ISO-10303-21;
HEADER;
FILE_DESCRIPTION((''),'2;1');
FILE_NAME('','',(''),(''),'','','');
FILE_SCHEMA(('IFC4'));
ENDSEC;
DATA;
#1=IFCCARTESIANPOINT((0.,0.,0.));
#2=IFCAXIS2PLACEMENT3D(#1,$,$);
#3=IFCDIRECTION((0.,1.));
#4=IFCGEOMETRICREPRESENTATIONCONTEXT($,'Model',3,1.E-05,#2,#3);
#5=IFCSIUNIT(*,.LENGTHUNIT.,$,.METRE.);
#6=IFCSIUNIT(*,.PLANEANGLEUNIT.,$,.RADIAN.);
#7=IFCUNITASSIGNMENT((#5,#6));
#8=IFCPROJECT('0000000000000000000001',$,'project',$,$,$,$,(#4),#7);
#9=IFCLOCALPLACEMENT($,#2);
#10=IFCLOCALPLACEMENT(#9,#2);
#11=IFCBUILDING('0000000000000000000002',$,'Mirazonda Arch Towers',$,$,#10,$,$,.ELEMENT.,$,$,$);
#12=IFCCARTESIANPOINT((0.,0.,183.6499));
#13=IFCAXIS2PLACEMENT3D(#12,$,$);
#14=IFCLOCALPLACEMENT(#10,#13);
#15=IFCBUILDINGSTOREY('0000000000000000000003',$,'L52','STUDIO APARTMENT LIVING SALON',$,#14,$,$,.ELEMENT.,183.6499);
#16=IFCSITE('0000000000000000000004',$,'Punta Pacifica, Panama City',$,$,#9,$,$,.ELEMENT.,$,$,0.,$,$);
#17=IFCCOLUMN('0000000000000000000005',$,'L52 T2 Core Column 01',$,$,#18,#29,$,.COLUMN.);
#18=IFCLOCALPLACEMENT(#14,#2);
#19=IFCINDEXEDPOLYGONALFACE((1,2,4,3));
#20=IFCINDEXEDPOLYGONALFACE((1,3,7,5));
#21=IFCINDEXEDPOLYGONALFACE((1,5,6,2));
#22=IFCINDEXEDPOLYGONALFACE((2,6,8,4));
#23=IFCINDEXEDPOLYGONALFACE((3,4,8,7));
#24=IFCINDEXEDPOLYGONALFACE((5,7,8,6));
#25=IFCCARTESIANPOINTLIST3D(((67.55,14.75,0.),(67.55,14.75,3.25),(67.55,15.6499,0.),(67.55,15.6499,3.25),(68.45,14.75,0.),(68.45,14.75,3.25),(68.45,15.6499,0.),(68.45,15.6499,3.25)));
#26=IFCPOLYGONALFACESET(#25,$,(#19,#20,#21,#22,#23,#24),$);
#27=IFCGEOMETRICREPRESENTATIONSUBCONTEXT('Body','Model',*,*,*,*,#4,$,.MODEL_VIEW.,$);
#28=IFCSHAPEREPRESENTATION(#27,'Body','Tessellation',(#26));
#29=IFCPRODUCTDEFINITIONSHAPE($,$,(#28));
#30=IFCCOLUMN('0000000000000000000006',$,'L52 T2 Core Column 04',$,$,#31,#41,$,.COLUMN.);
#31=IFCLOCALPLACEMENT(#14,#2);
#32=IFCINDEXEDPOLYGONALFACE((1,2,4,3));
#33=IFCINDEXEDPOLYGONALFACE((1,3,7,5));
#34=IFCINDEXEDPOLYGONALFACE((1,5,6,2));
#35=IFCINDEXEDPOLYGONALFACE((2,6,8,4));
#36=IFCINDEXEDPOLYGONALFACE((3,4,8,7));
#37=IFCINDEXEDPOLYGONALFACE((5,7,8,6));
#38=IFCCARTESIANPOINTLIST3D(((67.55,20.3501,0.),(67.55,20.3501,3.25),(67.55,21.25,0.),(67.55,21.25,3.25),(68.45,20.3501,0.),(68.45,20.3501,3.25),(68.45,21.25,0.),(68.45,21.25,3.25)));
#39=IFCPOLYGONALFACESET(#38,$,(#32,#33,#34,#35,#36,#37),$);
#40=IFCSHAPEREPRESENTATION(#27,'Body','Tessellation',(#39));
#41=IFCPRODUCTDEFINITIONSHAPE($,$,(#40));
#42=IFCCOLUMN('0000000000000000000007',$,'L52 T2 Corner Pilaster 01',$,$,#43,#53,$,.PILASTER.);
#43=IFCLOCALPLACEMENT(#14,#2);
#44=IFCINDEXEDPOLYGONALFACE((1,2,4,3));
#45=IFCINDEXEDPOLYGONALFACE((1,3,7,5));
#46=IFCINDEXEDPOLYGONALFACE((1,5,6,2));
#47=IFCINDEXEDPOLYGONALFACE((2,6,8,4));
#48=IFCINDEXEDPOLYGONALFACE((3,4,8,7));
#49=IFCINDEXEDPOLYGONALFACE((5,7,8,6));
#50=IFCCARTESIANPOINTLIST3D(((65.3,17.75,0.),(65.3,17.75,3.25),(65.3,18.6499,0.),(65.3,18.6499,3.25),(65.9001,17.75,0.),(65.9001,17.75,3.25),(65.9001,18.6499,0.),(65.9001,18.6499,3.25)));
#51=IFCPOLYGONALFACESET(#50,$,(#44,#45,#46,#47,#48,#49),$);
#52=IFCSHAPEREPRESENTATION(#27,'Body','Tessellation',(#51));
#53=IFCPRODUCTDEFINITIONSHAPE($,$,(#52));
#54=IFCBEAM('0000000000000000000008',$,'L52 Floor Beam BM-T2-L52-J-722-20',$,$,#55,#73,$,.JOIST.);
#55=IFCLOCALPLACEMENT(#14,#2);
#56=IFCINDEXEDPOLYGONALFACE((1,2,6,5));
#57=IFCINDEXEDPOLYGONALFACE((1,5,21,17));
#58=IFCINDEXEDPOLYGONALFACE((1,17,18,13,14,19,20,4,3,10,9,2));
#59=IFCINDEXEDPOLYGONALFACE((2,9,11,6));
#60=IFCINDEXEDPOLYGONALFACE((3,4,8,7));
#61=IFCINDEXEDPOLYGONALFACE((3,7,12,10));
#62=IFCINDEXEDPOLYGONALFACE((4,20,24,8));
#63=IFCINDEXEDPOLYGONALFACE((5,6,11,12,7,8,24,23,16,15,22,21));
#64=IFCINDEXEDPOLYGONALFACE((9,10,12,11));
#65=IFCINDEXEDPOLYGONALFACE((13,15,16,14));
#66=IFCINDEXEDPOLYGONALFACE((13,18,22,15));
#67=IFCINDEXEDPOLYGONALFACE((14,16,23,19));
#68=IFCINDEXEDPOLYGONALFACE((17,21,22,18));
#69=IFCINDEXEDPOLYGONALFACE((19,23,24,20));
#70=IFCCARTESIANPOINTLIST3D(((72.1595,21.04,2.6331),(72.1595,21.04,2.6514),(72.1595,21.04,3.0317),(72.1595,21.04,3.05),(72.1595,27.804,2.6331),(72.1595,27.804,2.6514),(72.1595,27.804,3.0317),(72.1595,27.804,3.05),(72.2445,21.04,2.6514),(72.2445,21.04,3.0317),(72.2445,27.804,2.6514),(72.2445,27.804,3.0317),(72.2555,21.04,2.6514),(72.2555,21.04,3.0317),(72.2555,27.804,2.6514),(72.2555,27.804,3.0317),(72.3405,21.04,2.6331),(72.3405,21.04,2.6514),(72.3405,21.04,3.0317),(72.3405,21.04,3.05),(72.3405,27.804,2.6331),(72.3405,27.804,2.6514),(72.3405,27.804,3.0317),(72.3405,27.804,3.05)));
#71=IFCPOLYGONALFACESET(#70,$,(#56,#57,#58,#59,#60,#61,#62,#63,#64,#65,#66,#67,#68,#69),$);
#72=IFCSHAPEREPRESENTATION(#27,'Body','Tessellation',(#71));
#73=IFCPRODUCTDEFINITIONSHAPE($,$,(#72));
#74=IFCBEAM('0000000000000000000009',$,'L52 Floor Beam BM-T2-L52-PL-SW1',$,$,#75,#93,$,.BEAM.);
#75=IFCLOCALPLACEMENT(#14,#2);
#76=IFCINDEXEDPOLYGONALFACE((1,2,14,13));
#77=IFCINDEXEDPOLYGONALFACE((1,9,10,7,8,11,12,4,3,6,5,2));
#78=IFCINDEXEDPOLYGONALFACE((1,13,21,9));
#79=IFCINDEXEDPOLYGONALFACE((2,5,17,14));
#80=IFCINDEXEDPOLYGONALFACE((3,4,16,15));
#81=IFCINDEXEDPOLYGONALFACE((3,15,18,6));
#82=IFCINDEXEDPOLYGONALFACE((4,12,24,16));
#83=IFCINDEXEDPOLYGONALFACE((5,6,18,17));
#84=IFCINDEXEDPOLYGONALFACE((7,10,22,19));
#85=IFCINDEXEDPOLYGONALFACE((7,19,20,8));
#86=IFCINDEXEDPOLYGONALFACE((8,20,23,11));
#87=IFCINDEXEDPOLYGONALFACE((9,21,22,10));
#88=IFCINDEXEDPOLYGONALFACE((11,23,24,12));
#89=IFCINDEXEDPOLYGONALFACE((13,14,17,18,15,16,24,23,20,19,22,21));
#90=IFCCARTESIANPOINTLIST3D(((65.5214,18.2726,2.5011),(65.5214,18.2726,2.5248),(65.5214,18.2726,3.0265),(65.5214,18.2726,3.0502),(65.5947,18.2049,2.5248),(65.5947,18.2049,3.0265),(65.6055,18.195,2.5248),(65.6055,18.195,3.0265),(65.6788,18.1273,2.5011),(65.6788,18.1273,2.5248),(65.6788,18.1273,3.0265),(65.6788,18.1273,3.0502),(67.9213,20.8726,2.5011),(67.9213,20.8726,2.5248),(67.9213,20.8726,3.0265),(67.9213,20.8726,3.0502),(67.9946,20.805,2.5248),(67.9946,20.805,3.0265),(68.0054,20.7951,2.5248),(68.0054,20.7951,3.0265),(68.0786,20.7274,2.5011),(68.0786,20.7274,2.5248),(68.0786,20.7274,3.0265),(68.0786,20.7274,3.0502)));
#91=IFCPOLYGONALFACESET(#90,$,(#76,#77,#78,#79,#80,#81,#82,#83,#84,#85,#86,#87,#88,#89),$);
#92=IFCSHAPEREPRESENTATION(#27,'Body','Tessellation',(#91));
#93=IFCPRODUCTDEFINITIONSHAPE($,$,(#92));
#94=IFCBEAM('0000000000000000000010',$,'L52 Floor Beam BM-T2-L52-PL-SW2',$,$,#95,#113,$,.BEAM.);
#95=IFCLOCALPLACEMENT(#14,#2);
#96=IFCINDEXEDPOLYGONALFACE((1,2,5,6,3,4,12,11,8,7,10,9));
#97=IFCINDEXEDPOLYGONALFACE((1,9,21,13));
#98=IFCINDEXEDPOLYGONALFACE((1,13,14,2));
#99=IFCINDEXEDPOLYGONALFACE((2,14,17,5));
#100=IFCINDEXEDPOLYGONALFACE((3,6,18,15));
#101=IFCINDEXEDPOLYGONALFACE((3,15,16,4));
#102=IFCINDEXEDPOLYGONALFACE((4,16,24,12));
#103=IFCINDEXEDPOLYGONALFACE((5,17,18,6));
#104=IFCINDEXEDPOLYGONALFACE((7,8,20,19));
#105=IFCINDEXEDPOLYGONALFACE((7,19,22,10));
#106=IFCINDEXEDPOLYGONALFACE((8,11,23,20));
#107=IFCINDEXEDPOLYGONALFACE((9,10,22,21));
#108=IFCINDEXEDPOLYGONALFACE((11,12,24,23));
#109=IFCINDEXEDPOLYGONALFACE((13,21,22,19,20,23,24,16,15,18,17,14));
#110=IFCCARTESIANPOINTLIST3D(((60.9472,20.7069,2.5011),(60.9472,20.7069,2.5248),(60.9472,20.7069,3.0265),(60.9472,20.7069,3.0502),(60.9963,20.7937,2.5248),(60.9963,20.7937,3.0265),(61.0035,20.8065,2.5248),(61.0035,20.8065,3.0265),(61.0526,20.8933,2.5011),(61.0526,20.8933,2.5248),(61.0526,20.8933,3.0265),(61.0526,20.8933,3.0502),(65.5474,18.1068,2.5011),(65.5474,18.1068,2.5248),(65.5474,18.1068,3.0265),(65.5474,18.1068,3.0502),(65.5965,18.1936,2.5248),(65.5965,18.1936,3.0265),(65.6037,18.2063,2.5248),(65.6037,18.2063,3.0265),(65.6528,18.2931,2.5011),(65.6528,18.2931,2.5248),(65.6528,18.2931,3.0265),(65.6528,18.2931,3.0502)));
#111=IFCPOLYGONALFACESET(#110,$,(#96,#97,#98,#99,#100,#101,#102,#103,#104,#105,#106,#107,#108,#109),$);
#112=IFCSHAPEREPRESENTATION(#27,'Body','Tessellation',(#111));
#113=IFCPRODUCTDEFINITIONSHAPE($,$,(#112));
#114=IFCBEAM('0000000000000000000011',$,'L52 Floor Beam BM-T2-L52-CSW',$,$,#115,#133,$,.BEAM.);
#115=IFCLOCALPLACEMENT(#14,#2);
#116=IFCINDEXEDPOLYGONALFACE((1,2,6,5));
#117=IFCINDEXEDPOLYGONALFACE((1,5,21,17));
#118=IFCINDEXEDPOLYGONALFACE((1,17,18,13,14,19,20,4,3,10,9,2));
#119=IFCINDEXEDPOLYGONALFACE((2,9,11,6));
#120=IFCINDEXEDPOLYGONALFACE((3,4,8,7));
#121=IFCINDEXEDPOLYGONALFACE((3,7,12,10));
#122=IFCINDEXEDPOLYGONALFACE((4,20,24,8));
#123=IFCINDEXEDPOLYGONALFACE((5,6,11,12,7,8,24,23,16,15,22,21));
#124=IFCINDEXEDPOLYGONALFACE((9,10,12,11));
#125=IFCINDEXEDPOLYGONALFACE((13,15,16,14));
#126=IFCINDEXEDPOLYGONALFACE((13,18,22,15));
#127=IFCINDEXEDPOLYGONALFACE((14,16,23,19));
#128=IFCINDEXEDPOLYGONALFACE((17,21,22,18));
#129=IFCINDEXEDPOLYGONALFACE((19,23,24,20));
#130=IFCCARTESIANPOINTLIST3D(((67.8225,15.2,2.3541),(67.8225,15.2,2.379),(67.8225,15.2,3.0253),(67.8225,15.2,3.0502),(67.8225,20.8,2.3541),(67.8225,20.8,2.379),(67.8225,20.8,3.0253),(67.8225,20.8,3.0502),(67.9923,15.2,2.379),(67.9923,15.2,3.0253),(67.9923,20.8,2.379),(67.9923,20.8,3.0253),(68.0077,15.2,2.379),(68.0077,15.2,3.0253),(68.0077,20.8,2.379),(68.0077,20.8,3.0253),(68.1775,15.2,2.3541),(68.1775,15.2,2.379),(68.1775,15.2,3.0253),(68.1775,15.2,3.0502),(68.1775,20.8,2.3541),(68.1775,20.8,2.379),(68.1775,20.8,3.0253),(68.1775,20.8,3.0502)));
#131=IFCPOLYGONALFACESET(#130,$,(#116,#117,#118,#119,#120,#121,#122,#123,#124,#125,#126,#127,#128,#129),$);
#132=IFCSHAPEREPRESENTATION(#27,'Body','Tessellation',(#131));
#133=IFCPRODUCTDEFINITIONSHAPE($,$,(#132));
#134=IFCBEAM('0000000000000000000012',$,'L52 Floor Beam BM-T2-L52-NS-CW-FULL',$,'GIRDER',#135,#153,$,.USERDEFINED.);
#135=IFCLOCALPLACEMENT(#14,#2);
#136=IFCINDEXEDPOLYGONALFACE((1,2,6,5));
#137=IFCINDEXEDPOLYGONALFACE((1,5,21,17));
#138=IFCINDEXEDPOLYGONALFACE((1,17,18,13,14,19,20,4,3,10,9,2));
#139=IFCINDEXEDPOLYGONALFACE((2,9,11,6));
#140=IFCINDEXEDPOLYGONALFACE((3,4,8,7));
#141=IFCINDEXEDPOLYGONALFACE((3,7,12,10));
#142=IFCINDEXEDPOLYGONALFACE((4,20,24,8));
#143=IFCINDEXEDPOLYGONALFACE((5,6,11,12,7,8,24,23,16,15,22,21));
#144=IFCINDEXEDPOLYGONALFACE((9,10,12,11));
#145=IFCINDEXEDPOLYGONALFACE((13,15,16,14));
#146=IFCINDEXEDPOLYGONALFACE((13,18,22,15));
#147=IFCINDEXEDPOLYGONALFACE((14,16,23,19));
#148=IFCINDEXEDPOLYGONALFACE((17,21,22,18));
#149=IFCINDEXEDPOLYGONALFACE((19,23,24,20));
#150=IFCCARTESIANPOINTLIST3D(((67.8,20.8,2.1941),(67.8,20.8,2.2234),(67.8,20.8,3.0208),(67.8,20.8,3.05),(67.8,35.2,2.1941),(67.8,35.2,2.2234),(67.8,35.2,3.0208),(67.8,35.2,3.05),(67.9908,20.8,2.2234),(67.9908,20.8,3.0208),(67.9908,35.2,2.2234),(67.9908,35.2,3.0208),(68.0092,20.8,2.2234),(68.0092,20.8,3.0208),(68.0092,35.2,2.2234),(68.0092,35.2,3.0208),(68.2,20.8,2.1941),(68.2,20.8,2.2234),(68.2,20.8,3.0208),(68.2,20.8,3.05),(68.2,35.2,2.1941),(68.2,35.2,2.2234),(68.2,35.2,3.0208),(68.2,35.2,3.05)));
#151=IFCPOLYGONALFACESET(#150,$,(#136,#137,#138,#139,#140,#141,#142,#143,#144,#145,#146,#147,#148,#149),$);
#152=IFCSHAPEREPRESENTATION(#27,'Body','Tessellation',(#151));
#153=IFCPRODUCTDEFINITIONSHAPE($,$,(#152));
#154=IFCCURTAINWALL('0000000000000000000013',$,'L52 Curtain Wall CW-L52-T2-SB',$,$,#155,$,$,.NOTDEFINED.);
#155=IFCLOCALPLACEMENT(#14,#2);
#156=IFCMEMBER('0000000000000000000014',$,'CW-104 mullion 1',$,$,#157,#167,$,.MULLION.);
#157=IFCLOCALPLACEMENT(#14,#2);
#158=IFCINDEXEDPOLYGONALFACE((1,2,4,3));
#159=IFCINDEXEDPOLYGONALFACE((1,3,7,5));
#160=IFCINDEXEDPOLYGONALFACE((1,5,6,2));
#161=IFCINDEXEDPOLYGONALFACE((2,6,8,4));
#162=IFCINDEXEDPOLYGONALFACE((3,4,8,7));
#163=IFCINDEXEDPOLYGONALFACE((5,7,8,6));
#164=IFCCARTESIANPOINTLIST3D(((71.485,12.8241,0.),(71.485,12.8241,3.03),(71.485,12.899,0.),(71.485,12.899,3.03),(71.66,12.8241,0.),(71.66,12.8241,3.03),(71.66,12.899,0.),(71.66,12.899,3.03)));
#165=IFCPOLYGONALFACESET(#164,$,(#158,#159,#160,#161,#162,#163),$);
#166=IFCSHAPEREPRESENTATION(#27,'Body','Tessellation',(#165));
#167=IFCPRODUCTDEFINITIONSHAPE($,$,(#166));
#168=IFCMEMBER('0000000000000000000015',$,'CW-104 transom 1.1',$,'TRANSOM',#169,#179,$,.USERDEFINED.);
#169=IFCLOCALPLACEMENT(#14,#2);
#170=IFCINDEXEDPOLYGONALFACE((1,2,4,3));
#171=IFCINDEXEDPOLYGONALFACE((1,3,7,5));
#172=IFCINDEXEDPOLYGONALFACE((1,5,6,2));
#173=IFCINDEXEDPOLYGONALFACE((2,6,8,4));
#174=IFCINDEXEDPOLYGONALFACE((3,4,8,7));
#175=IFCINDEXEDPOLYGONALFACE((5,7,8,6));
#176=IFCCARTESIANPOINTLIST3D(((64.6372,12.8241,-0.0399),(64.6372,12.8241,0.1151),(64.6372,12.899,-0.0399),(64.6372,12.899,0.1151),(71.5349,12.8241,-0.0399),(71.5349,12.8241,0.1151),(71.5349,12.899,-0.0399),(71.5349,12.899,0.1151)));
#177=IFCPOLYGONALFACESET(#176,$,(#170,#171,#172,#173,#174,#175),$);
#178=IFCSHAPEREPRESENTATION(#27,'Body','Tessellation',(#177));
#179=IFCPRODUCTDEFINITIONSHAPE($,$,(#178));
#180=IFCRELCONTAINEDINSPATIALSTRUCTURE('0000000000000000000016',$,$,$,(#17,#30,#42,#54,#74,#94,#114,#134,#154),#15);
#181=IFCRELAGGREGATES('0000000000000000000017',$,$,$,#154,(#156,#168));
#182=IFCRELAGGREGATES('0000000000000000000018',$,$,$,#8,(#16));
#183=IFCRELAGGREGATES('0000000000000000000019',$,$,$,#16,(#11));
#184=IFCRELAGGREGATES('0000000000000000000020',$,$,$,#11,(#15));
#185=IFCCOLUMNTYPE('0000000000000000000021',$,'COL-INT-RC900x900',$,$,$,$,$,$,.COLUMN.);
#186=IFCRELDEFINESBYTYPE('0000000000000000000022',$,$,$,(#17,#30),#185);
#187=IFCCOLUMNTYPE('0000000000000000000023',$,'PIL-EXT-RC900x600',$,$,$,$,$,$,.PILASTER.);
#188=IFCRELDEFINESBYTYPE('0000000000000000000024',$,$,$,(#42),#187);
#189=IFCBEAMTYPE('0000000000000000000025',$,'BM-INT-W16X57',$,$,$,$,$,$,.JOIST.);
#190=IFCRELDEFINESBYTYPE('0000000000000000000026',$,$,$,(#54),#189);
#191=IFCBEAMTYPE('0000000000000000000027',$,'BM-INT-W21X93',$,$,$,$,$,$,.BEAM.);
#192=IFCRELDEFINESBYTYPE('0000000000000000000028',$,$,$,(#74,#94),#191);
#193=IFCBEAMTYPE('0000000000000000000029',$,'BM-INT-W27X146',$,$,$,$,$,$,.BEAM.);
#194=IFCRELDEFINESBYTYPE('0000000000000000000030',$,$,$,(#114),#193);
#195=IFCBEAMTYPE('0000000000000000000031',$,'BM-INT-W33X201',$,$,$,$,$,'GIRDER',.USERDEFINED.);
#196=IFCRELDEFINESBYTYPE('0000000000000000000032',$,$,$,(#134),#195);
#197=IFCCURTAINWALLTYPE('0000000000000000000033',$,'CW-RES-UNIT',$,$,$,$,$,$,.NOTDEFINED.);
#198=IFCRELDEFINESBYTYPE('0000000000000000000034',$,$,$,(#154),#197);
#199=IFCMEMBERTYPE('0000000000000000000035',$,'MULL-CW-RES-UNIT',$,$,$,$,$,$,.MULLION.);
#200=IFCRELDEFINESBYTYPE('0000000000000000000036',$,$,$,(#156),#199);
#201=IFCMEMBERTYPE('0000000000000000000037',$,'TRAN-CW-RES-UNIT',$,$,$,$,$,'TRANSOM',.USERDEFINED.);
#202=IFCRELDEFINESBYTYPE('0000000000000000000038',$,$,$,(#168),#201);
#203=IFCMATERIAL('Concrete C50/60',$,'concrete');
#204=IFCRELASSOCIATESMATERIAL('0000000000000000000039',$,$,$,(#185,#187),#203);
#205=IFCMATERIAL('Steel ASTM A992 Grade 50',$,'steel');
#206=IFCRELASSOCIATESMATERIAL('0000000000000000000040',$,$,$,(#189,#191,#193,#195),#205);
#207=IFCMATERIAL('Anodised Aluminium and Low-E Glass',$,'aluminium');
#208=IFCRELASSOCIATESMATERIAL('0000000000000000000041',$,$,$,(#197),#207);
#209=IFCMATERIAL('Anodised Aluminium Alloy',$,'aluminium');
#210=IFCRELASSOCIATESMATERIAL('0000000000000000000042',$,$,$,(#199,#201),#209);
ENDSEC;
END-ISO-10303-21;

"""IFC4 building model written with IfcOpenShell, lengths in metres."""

from ifc_helpers import new_model, si_unit, direction, frame, origin, origin_2d, place, context, subcontext, project, spatial, rectangle, i_section, extrude, material, material_profile, profile_set, type_object, element, aggregate, save


model = new_model("IFC4")

# Units and contexts
model_context = context("Model", 3, precision=1e-05, world=origin(), true_north=direction((0.0, 1.0)))
body_context = subcontext(model_context, "Body", "Model", "MODEL_VIEW")
ifc_project = project(units=[si_unit("LENGTHUNIT", "METRE"), si_unit("PLANEANGLEUNIT", "RADIAN")], contexts=[model_context])

# Site, building, storey
site_placement = place(None, origin())
site = spatial("IfcSite", under=ifc_project, at=site_placement, Name="Punta Pacifica, Panama City", CompositionType="ELEMENT", RefElevation=0.0)
building_placement = place(site_placement, origin())
building = spatial("IfcBuilding", under=site, at=building_placement, Name="Mirazonda Arch Towers", CompositionType="ELEMENT")
storey_placement = place(building_placement, frame((0.0, 0.0, 183.6499)))
storey = spatial("IfcBuildingStorey", under=building, at=storey_placement, Name="L52", Description="STUDIO APARTMENT LIVING SALON", CompositionType="ELEMENT", Elevation=183.6499)

# Columns
ifc_material_1 = material(Name="Concrete C50/60", Category="concrete")
ifc_material_profile_1 = material_profile(ifc_material_1, rectangle(XDim=0.8999, YDim=0.8999, at=origin_2d()), Name="RC900x900")
ifc_profile_set_1 = profile_set([ifc_material_profile_1], Name="Concrete C50/60")
column_type_1 = type_object("IfcColumnType", Name="COL-INT-RC900x900", PredefinedType="COLUMN", material=ifc_profile_set_1)
for number, where, z_axis, x_axis, name in (
    (1, (68.0, 15.2, 0.0), (0.0, 0.0, 1.0), (1.0, 0.0, 0.0), "L52 T2 Core Column 01"),
    (2, (68.0, 20.8, 0.0), (0.0, 0.0, 1.0), (1.0, 0.0, 0.0), "L52 T2 Core Column 04"),
):
    element("IfcColumn", number, at=place(storey_placement, frame(where, z_axis=z_axis, x_axis=x_axis)), inside=storey, type_object=column_type_1, Name=name, PredefinedType="COLUMN", context=body_context, shape_type="SweptSolid", body=[
        extrude(rectangle(XDim=0.8999, YDim=0.8999, at=origin_2d()), origin(), (0.0, 0.0, 1.0), 3.25),
    ])
ifc_material_profile_2 = material_profile(ifc_material_1, rectangle(XDim=0.6001, YDim=0.8999, at=origin_2d()), Name="RC900x600")
ifc_profile_set_2 = profile_set([ifc_material_profile_2], Name="Concrete C50/60")
column_type_2 = type_object("IfcColumnType", Name="PIL-EXT-RC900x600", PredefinedType="PILASTER", material=ifc_profile_set_2)
column_placement = place(storey_placement, frame((65.6001, 18.2, 0.0), z_axis=(0.0, 0.0, 1.0), x_axis=(1.0, 0.0, 0.0)))
element("IfcColumn", 3, at=column_placement, inside=storey, type_object=column_type_2, Name="L52 T2 Corner Pilaster 01", PredefinedType="PILASTER", context=body_context, shape_type="SweptSolid", body=[
    extrude(rectangle(XDim=0.6001, YDim=0.8999, at=origin_2d()), origin(), (0.0, 0.0, 1.0), 3.25),
])

# Beams
ifc_material_2 = material(Name="Steel ASTM A992 Grade 50", Category="steel")
ifc_material_profile_3 = material_profile(ifc_material_2, i_section(OverallWidth=0.1809, OverallDepth=0.417, WebThickness=0.011, FlangeThickness=0.0183, at=origin_2d()), Name="W16X57")
ifc_profile_set_3 = profile_set([ifc_material_profile_3], Name="Steel ASTM A992 Grade 50")
beam_type_1 = type_object("IfcBeamType", Name="BM-INT-W16X57", PredefinedType="JOIST", material=ifc_profile_set_3)
beam_1_placement = place(storey_placement, frame((72.25, 21.04, 2.8416), z_axis=(0.0, 1.0, 0.0), x_axis=(-1.0, 0.0, 0.0)))
element("IfcBeam", 4, at=beam_1_placement, inside=storey, type_object=beam_type_1, Name="L52 Floor Beam BM-T2-L52-J-722-20", PredefinedType="JOIST", context=body_context, shape_type="SweptSolid", body=[
    extrude(i_section(OverallWidth=0.1809, OverallDepth=0.417, WebThickness=0.011, FlangeThickness=0.0183, at=origin_2d()), origin(), (0.0, 0.0, 1.0), 6.7639),
])
ifc_material_profile_4 = material_profile(ifc_material_2, i_section(OverallWidth=0.2141, OverallDepth=0.5491, WebThickness=0.0146, FlangeThickness=0.0237, at=origin_2d()), Name="W21X93")
ifc_profile_set_4 = profile_set([ifc_material_profile_4], Name="Steel ASTM A992 Grade 50")
beam_type_2 = type_object("IfcBeamType", Name="BM-INT-W21X93", PredefinedType="BEAM", material=ifc_profile_set_4)
beam_2_placement = place(storey_placement, frame((65.6001, 18.2, 2.7756), z_axis=(0.678251, 0.73483, 0.0), x_axis=(-0.73483, 0.678251, 0.0)))
element("IfcBeam", 5, at=beam_2_placement, inside=storey, type_object=beam_type_2, Name="L52 Floor Beam BM-T2-L52-PL-SW1", PredefinedType="BEAM", context=body_context, shape_type="SweptSolid", body=[
    extrude(i_section(OverallWidth=0.2141, OverallDepth=0.5491, WebThickness=0.0146, FlangeThickness=0.0237, at=origin_2d()), origin(), (0.0, 0.0, 1.0), 3.5383),
])
beam_3_placement = place(storey_placement, frame((65.6001, 18.2, 2.7756), z_axis=(-0.870559, 0.492063, 0.0), x_axis=(-0.492063, -0.870559, 0.0)))
element("IfcBeam", 6, at=beam_3_placement, inside=storey, type_object=beam_type_2, Name="L52 Floor Beam BM-T2-L52-PL-SW2", PredefinedType="BEAM", context=body_context, shape_type="SweptSolid", body=[
    extrude(i_section(OverallWidth=0.2141, OverallDepth=0.5491, WebThickness=0.0146, FlangeThickness=0.0237, at=origin_2d()), origin(), (0.0, 0.0, 1.0), 5.2842),
])
ifc_material_profile_5 = material_profile(ifc_material_2, i_section(OverallWidth=0.355, OverallDepth=0.696, WebThickness=0.0154, FlangeThickness=0.0249, at=origin_2d()), Name="W27X146")
ifc_profile_set_5 = profile_set([ifc_material_profile_5], Name="Steel ASTM A992 Grade 50")
beam_type_3 = type_object("IfcBeamType", Name="BM-INT-W27X146", PredefinedType="BEAM", material=ifc_profile_set_5)
beam_4_placement = place(storey_placement, frame((68.0, 15.2, 2.7021), z_axis=(0.0, 1.0, 0.0), x_axis=(-1.0, 0.0, 0.0)))
element("IfcBeam", 7, at=beam_4_placement, inside=storey, type_object=beam_type_3, Name="L52 Floor Beam BM-T2-L52-CSW", PredefinedType="BEAM", context=body_context, shape_type="SweptSolid", body=[
    extrude(i_section(OverallWidth=0.355, OverallDepth=0.696, WebThickness=0.0154, FlangeThickness=0.0249, at=origin_2d()), origin(), (0.0, 0.0, 1.0), 5.6001),
])
ifc_material_profile_6 = material_profile(ifc_material_2, i_section(OverallWidth=0.3999, OverallDepth=0.856, WebThickness=0.0183, FlangeThickness=0.0293, at=origin_2d()), Name="W33X201")
ifc_profile_set_6 = profile_set([ifc_material_profile_6], Name="Steel ASTM A992 Grade 50")
beam_type_4 = type_object("IfcBeamType", Name="BM-INT-W33X201", ElementType="GIRDER", PredefinedType="USERDEFINED", material=ifc_profile_set_6)
beam_5_placement = place(storey_placement, frame((68.0, 20.8, 2.6221), z_axis=(0.0, 1.0, 0.0), x_axis=(-1.0, 0.0, 0.0)))
element("IfcBeam", 8, at=beam_5_placement, inside=storey, type_object=beam_type_4, Name="L52 Floor Beam BM-T2-L52-NS-CW-FULL", ObjectType="GIRDER", PredefinedType="USERDEFINED", context=body_context, shape_type="SweptSolid", body=[
    extrude(i_section(OverallWidth=0.3999, OverallDepth=0.856, WebThickness=0.0183, FlangeThickness=0.0293, at=origin_2d()), origin(), (0.0, 0.0, 1.0), 14.3999),
])

# Curtain wall, members
ifc_material_3 = material(Name="Anodised Aluminium and Low-E Glass", Category="aluminium")
curtain_wall_type = type_object("IfcCurtainWallType", Name="CW-RES-UNIT", PredefinedType="NOTDEFINED", material=ifc_material_3)
curtain_wall_placement = place(storey_placement, origin())
curtain_wall = element("IfcCurtainWall", 9, at=curtain_wall_placement, inside=storey, type_object=curtain_wall_type, Name="L52 Curtain Wall CW-L52-T2-SB", PredefinedType="NOTDEFINED")
ifc_material_4 = material(Name="Anodised Aluminium Alloy", Category="aluminium")
ifc_material_profile_7 = material_profile(ifc_material_4, rectangle(XDim=0.075, YDim=0.175, at=origin_2d()), Name="ALU-MULL-75x175")
ifc_profile_set_7 = profile_set([ifc_material_profile_7], Name="Anodised Aluminium Alloy")
member_type_1 = type_object("IfcMemberType", Name="MULL-CW-RES-UNIT", PredefinedType="MULLION", material=ifc_profile_set_7)
member_1_placement = place(storey_placement, frame((71.5725, 12.8616, 0.0), z_axis=(0.0, 0.0, 1.0), x_axis=(0.0, -1.0, 0.0)))
member_1 = element("IfcMember", 10, at=member_1_placement, type_object=member_type_1, Name="CW-104 mullion 1", PredefinedType="MULLION", context=body_context, shape_type="SweptSolid", body=[
    extrude(rectangle(XDim=0.075, YDim=0.175, at=origin_2d()), origin(), (0.0, 0.0, 1.0), 3.03),
])
ifc_material_profile_8 = material_profile(ifc_material_4, rectangle(XDim=0.075, YDim=0.155, at=origin_2d()), Name="ALU-TRAN-75x155")
ifc_profile_set_8 = profile_set([ifc_material_profile_8], Name="Anodised Aluminium Alloy")
member_type_2 = type_object("IfcMemberType", Name="TRAN-CW-RES-UNIT", ElementType="TRANSOM", PredefinedType="USERDEFINED", material=ifc_profile_set_8)
member_2_placement = place(storey_placement, frame((71.5349, 12.8616, 0.0376), z_axis=(-1.0, 0.0, 0.0), x_axis=(0.0, -1.0, 0.0)))
member_2 = element("IfcMember", 11, at=member_2_placement, type_object=member_type_2, Name="CW-104 transom 1.1", ObjectType="TRANSOM", PredefinedType="USERDEFINED", context=body_context, shape_type="SweptSolid", body=[
    extrude(rectangle(XDim=0.075, YDim=0.155, at=origin_2d()), origin(), (0.0, 0.0, 1.0), 6.8977),
])
aggregate(curtain_wall, [member_1, member_2])

save(model, "model.ifc")
